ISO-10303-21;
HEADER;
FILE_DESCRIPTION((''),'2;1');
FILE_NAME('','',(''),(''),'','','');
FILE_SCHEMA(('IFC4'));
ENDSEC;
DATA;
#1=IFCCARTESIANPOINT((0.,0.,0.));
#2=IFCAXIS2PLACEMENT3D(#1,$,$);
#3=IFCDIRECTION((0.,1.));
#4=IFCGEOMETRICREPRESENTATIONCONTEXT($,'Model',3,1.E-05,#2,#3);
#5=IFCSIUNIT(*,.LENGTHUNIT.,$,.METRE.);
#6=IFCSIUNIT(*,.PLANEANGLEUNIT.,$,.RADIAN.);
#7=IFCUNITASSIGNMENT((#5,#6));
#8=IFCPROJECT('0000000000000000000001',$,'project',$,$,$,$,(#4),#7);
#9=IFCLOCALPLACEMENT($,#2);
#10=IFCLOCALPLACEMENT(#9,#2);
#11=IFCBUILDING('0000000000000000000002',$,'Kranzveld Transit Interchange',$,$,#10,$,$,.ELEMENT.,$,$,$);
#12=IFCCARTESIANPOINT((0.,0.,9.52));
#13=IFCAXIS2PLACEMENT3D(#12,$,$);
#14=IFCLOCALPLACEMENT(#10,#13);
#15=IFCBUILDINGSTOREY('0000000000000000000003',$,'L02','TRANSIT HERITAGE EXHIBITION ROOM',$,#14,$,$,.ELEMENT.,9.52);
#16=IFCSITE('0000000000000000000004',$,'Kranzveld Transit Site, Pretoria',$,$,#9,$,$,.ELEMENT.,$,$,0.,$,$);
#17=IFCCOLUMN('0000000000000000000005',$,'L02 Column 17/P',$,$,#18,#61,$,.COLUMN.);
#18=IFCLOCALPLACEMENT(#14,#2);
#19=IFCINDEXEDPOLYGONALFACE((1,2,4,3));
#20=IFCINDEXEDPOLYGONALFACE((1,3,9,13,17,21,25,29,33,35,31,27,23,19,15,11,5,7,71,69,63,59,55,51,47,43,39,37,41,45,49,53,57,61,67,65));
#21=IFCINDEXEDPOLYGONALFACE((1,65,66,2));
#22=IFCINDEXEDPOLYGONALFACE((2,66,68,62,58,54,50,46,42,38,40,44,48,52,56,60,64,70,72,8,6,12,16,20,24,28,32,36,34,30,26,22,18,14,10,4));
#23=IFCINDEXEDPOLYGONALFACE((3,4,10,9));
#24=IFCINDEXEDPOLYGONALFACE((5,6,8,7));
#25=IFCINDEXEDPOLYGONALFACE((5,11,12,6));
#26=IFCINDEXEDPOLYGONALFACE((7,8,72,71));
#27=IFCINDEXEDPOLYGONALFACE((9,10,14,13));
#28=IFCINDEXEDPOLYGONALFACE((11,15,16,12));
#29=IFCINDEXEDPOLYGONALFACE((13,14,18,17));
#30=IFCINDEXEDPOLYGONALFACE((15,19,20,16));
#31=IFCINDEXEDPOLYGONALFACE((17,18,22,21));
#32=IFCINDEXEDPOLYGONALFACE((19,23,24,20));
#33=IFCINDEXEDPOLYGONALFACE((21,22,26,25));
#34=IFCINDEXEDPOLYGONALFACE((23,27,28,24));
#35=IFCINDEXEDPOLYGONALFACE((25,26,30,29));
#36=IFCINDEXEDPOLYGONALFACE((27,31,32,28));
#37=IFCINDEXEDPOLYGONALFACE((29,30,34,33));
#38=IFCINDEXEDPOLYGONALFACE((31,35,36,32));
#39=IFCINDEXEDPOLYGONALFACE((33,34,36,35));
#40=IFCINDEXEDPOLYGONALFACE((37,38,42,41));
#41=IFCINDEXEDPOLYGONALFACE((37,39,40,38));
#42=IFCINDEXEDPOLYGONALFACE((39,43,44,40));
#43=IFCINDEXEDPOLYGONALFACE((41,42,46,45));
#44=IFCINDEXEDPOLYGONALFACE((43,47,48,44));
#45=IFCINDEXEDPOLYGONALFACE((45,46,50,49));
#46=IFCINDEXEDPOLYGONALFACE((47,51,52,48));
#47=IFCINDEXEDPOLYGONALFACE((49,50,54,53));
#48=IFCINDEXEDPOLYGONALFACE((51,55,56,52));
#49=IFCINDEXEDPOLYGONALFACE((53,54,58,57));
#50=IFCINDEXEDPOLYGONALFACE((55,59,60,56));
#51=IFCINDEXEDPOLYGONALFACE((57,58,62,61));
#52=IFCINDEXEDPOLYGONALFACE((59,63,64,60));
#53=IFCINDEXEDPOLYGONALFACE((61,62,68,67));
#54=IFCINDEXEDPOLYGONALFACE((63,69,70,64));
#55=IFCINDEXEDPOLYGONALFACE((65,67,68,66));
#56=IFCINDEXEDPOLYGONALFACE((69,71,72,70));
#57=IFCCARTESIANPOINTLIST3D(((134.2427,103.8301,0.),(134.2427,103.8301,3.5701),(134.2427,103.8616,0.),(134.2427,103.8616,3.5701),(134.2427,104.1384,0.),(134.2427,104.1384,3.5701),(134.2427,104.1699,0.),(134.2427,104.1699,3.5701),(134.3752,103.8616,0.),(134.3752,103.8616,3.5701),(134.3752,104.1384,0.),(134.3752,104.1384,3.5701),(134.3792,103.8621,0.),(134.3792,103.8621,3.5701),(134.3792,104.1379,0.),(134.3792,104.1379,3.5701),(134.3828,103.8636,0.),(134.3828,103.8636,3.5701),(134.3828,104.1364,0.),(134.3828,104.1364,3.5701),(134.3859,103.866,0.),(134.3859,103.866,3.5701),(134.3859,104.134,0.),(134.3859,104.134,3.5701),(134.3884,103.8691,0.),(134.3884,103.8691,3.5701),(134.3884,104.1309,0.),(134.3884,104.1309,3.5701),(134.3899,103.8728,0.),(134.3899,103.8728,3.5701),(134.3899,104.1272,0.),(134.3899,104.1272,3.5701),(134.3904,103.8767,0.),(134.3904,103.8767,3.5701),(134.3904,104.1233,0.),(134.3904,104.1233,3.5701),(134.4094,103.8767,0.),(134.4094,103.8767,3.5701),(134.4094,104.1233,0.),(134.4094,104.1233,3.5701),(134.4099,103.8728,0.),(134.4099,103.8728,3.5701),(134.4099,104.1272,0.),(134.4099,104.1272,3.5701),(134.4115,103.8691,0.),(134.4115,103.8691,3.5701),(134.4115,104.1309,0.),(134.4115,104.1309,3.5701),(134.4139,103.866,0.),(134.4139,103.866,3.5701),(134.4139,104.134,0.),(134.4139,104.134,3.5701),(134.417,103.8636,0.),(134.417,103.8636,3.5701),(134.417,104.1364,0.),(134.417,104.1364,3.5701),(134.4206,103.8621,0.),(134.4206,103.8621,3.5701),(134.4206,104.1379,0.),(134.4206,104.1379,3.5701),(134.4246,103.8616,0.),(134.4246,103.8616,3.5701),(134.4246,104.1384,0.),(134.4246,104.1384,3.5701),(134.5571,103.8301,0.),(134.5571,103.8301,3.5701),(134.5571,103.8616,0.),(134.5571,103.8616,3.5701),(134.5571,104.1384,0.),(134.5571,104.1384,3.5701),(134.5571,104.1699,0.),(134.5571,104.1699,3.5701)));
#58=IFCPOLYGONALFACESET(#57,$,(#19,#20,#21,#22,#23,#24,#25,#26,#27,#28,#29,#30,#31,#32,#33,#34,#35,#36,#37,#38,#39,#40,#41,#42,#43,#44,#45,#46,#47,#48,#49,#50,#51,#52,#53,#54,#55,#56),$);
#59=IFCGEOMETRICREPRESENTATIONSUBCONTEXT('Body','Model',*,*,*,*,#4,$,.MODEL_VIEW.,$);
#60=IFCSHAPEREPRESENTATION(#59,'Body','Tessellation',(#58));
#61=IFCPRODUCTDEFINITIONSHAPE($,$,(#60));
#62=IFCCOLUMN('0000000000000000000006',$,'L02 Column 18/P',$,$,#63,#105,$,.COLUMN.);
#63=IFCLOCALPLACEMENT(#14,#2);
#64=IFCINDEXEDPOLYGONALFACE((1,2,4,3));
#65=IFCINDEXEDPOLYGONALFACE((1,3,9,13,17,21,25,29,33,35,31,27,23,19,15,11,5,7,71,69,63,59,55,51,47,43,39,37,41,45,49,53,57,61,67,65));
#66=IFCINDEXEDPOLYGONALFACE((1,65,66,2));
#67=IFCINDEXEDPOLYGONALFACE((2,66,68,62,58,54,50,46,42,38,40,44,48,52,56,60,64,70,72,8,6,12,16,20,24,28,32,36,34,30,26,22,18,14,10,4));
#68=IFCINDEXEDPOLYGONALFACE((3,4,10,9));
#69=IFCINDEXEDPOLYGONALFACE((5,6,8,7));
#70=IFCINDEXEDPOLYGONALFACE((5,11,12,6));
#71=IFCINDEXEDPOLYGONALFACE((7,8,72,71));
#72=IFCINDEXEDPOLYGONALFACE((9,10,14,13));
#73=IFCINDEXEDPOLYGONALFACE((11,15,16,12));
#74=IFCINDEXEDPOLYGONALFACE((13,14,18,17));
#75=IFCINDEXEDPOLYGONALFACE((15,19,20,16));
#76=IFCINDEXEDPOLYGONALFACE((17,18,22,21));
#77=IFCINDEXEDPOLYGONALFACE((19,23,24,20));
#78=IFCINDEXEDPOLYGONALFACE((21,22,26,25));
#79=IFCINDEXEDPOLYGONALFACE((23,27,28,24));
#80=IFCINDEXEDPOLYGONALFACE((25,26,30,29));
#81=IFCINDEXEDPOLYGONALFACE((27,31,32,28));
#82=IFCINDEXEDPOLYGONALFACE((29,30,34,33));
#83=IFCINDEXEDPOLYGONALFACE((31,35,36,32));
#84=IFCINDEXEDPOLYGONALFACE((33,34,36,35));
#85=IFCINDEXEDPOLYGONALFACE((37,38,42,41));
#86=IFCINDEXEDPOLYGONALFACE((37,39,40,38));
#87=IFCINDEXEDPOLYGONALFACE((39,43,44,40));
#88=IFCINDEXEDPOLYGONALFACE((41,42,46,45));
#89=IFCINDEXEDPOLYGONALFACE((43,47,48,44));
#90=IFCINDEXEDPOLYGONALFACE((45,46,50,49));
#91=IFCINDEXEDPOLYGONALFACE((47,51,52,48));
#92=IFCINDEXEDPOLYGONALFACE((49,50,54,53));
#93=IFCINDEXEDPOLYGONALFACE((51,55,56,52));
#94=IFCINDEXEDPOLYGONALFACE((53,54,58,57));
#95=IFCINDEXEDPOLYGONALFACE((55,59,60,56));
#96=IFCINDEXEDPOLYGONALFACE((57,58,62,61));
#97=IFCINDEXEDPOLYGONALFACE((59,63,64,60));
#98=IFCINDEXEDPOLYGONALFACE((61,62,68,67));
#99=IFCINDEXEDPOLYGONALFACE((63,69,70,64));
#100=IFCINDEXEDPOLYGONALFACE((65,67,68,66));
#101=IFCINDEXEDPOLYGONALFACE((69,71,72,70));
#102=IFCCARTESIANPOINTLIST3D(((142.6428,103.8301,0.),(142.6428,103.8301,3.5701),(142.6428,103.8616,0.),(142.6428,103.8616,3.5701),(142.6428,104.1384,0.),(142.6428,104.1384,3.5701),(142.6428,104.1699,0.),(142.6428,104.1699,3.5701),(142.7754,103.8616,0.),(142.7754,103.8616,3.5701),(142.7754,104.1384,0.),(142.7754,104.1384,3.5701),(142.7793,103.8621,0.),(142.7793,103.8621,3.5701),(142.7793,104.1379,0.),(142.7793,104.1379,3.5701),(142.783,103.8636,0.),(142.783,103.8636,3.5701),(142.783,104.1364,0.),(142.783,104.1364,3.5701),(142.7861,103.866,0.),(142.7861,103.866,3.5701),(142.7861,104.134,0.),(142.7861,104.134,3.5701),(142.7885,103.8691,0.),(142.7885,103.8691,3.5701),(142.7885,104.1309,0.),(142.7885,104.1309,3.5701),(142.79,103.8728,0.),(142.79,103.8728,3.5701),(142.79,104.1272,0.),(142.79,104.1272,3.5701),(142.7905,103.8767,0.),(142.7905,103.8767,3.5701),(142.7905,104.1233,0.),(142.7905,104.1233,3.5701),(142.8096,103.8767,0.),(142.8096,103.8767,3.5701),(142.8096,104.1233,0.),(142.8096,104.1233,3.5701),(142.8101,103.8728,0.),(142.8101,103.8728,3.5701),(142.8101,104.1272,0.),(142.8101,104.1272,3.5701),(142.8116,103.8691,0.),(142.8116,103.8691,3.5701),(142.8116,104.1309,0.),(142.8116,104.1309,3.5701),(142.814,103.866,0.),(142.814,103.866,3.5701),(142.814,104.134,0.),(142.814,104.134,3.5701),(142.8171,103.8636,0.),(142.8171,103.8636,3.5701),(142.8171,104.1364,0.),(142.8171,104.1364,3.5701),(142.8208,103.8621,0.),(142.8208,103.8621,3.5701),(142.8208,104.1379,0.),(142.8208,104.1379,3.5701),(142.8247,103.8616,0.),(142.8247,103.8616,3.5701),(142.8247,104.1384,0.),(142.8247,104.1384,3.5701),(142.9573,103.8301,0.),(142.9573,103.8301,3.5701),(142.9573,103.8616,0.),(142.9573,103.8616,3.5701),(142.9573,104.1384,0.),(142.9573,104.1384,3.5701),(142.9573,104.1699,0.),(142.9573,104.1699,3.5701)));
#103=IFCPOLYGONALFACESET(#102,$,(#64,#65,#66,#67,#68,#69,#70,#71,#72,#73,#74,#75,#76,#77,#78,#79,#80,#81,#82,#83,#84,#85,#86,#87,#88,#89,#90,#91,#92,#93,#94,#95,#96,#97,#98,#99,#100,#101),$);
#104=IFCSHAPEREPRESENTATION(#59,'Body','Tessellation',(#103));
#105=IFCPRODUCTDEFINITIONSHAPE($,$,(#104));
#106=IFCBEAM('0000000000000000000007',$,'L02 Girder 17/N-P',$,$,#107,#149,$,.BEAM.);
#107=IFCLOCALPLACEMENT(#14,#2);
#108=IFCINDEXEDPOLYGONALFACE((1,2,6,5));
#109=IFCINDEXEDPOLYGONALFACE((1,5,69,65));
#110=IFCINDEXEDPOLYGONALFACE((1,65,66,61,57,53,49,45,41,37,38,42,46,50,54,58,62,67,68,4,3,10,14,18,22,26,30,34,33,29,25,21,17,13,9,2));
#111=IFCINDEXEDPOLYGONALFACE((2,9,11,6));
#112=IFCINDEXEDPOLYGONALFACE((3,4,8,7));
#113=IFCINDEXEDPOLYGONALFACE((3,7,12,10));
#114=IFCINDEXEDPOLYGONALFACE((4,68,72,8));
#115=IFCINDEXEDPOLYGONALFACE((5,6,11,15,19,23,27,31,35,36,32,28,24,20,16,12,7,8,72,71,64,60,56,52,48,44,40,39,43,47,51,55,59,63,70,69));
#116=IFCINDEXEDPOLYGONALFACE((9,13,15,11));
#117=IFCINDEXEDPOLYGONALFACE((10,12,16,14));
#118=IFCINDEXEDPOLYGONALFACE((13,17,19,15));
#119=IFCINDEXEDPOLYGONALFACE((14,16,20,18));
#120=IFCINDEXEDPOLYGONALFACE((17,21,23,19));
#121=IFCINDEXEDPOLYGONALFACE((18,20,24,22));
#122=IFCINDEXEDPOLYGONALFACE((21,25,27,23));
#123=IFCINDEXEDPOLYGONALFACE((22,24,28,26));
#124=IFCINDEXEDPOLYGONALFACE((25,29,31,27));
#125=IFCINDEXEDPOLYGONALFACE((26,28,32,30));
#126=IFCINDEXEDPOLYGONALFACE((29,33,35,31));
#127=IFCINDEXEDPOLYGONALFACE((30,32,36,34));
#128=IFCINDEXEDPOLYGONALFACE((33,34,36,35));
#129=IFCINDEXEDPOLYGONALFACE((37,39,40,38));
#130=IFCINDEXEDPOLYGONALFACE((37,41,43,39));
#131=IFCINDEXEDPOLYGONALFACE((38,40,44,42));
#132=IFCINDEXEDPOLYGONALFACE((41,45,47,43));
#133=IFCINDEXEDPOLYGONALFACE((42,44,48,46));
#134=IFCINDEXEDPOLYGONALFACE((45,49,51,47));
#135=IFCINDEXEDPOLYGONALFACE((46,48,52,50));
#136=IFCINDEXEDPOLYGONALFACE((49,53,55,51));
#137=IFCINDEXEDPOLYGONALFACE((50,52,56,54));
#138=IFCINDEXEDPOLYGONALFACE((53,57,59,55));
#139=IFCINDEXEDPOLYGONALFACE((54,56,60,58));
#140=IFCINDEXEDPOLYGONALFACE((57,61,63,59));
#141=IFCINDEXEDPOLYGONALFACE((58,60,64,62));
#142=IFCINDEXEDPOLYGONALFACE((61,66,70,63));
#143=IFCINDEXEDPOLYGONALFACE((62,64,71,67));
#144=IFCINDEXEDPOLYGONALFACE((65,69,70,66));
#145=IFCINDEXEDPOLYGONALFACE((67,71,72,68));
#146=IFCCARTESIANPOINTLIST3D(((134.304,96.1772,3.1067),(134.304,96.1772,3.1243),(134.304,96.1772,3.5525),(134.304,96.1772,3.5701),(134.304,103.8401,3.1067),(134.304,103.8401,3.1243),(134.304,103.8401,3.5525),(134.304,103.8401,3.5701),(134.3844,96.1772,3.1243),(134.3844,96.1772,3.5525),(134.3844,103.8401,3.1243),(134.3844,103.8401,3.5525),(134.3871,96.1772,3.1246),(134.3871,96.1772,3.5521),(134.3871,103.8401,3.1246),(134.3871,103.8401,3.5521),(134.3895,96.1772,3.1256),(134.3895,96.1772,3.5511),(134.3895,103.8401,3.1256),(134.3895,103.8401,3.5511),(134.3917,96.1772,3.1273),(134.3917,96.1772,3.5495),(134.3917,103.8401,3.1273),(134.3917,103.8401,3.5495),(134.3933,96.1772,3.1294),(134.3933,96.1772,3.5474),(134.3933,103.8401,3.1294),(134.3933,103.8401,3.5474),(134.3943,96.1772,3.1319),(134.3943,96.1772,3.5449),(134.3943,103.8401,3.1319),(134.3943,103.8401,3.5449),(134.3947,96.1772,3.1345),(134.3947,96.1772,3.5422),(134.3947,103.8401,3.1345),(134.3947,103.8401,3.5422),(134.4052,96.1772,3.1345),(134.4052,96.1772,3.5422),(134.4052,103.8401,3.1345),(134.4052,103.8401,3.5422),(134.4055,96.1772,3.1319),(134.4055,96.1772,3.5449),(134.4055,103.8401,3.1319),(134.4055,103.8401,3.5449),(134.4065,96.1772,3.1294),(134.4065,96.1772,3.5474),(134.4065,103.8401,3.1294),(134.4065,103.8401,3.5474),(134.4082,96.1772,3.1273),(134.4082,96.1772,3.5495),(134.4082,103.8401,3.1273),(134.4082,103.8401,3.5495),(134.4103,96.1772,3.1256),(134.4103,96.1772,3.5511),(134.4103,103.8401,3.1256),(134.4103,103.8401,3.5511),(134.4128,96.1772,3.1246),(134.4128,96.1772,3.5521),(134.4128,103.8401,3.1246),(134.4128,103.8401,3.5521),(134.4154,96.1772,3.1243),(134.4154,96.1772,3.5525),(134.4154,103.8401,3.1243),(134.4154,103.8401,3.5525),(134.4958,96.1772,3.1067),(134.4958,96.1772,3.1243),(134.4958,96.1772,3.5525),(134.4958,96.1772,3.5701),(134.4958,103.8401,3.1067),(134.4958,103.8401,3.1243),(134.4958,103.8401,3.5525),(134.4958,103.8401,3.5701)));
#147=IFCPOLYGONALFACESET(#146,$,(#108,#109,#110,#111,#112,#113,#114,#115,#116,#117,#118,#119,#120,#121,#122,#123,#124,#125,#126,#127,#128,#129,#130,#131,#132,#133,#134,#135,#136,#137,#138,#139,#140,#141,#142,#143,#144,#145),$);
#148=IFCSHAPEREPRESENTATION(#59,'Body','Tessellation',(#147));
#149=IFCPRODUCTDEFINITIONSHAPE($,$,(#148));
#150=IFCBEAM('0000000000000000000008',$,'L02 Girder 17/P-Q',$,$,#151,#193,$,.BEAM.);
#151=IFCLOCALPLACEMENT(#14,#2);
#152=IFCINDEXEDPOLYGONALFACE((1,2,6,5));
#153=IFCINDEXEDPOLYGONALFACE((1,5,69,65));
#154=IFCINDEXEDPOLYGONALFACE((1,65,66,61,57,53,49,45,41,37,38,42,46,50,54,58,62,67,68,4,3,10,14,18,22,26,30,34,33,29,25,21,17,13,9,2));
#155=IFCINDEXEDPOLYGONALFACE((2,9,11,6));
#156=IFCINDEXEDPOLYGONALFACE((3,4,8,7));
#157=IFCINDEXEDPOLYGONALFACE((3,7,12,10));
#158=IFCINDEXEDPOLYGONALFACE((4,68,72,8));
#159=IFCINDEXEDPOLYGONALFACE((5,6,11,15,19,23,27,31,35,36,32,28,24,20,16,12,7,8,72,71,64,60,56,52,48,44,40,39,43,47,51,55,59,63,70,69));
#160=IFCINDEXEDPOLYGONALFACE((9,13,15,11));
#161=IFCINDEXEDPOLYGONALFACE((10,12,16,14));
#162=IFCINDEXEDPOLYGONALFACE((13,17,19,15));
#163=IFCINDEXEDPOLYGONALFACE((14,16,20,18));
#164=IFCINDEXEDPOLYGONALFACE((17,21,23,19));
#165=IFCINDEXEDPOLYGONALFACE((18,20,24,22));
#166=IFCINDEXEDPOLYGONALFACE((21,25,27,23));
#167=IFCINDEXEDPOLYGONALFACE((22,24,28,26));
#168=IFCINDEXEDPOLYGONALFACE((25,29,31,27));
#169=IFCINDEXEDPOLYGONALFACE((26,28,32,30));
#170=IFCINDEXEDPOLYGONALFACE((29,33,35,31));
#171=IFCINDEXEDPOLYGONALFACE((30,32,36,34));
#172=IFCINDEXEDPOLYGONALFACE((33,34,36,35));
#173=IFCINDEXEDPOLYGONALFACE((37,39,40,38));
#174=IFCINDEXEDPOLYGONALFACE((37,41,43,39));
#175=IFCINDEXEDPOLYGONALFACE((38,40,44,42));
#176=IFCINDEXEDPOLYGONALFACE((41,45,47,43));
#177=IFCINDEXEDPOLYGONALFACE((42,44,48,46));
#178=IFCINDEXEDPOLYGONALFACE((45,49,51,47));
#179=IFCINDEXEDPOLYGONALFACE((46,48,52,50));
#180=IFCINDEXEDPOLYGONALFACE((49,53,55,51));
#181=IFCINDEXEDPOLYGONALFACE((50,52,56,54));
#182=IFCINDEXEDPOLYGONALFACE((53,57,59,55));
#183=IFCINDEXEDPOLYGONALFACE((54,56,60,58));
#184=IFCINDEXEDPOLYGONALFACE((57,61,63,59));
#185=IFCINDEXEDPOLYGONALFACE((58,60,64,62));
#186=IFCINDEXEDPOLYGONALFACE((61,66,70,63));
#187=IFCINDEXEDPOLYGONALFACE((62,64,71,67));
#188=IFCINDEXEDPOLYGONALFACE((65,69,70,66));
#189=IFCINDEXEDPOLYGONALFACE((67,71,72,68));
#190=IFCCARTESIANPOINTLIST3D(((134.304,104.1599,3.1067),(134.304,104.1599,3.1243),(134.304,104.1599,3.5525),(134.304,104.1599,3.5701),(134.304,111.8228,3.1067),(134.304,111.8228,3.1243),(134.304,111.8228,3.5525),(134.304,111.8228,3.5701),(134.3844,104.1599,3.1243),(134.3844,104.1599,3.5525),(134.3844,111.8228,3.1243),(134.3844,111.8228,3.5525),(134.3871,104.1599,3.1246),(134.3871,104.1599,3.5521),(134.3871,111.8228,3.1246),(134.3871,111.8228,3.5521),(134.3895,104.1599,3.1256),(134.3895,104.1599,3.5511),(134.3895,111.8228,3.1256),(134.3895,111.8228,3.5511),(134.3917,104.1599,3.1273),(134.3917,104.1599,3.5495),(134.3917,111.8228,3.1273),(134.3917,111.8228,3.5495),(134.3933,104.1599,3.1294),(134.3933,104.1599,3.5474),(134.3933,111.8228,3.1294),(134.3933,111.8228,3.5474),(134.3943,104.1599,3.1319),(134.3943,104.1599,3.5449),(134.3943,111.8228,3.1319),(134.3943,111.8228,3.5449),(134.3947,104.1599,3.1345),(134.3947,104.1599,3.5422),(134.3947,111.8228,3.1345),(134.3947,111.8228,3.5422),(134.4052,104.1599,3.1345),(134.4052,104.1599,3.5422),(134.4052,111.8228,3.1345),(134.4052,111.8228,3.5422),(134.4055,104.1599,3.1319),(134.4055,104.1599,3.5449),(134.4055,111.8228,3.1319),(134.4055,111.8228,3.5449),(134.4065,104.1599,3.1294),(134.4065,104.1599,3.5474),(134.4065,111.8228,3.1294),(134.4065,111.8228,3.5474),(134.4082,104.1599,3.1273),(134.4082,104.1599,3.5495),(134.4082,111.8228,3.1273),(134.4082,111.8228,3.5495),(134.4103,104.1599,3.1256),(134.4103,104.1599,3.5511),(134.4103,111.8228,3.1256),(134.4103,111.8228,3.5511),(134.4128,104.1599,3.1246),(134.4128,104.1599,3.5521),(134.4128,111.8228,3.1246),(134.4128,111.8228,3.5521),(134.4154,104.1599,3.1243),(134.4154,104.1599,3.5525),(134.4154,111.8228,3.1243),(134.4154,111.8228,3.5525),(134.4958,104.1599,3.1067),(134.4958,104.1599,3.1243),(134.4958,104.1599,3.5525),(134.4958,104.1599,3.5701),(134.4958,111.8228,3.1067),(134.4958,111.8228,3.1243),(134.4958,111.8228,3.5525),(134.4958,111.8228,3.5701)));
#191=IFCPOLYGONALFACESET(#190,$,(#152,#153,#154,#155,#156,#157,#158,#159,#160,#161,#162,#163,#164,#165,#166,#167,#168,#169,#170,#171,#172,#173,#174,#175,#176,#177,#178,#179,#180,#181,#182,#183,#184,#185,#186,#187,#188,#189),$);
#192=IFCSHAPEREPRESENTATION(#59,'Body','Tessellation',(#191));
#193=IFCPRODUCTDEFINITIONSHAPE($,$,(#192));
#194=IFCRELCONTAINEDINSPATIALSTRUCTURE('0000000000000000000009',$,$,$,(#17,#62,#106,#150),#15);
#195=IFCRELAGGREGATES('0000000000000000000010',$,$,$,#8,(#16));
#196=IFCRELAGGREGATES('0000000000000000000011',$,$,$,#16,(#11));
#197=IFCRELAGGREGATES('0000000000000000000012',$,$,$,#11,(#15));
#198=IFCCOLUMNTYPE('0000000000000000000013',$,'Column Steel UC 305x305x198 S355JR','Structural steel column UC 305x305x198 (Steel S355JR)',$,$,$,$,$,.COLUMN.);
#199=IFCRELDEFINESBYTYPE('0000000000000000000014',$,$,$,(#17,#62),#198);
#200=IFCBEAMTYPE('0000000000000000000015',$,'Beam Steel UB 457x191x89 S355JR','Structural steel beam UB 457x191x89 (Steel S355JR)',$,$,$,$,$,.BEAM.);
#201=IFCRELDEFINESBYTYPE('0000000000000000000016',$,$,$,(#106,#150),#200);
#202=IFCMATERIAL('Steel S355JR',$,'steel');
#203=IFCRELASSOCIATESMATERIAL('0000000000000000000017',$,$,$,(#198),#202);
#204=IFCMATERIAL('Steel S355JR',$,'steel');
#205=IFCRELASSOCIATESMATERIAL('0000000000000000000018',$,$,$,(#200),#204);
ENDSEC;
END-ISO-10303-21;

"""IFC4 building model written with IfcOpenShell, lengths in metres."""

from ifc_helpers import new_model, si_unit, direction, frame, origin, origin_2d, place, context, subcontext, project, spatial, i_section, extrude, material, material_profile, profile_set, type_object, element, save


model = new_model("IFC4")

# Units and contexts
model_context = context("Model", 3, precision=1e-05, world=origin(), true_north=direction((0.0, 1.0)))
body_context = subcontext(model_context, "Body", "Model", "MODEL_VIEW")
ifc_project = project(units=[si_unit("LENGTHUNIT", "METRE"), si_unit("PLANEANGLEUNIT", "RADIAN")], contexts=[model_context])

# Site, building, storey
site_placement = place(None, origin())
site = spatial("IfcSite", under=ifc_project, at=site_placement, Name="Kranzveld Transit Site, Pretoria", CompositionType="ELEMENT", RefElevation=0.0)
building_placement = place(site_placement, origin())
building = spatial("IfcBuilding", under=site, at=building_placement, Name="Kranzveld Transit Interchange", CompositionType="ELEMENT")
storey_placement = place(building_placement, frame((0.0, 0.0, 9.52)))
storey = spatial("IfcBuildingStorey", under=building, at=storey_placement, Name="L02", Description="TRANSIT HERITAGE EXHIBITION ROOM", CompositionType="ELEMENT", Elevation=9.52)

# Columns
ifc_material_1 = material(Name="Steel S355JR", Category="steel")
ifc_material_profile_1 = material_profile(ifc_material_1, i_section(OverallWidth=0.3145, OverallDepth=0.3398, WebThickness=0.019, FlangeThickness=0.0315, FilletRadius=0.0151, at=origin_2d()), Name="UC 305x305x198")
ifc_profile_set_1 = profile_set([ifc_material_profile_1], Name="Steel S355JR")
column_type = type_object("IfcColumnType", Name="Column Steel UC 305x305x198 S355JR", Description="Structural steel column UC 305x305x198 (Steel S355JR)", PredefinedType="COLUMN", material=ifc_profile_set_1)
for number, where, z_axis, x_axis, name in (
    (1, (134.3999, 104.0, 0.0), (0.0, 0.0, 1.0), (1.0, 0.0, 0.0), "L02 Column 17/P"),
    (2, (142.8, 104.0, 0.0), (0.0, 0.0, 1.0), (1.0, 0.0, 0.0), "L02 Column 18/P"),
):
    element("IfcColumn", number, at=place(storey_placement, frame(where, z_axis=z_axis, x_axis=x_axis)), inside=storey, type_object=column_type, Name=name, PredefinedType="COLUMN", context=body_context, shape_type="SweptSolid", body=[
        extrude(i_section(OverallWidth=0.3145, OverallDepth=0.3398, WebThickness=0.019, FlangeThickness=0.0315, FilletRadius=0.0151, at=origin_2d()), origin(), (0.0, 0.0, 1.0), 3.5701),
    ])

# Beams
ifc_material_2 = material(Name="Steel S355JR", Category="steel")
ifc_material_profile_2 = material_profile(ifc_material_2, i_section(OverallWidth=0.1919, OverallDepth=0.4634, WebThickness=0.0105, FlangeThickness=0.0176, FilletRadius=0.0103, at=origin_2d()), Name="UB 457x191x89")
ifc_profile_set_2 = profile_set([ifc_material_profile_2], Name="Steel S355JR")
beam_type_1 = type_object("IfcBeamType", Name="Beam Steel UB 457x191x89 S355JR", Description="Structural steel beam UB 457x191x89 (Steel S355JR)", PredefinedType="BEAM", material=ifc_profile_set_2)
for number, where, z_axis, x_axis, name in (
    (3, (134.3999, 96.1772, 3.3384), (0.0, 1.0, 0.0), (-1.0, 0.0, 0.0), "L02 Girder 17/N-P"),
    (4, (134.3999, 104.1599, 3.3384), (0.0, 1.0, 0.0), (-1.0, 0.0, 0.0), "L02 Girder 17/P-Q"),
):
    element("IfcBeam", number, at=place(storey_placement, frame(where, z_axis=z_axis, x_axis=x_axis)), inside=storey, type_object=beam_type_1, Name=name, PredefinedType="BEAM", context=body_context, shape_type="SweptSolid", body=[
        extrude(i_section(OverallWidth=0.1919, OverallDepth=0.4634, WebThickness=0.0105, FlangeThickness=0.0176, FilletRadius=0.0103, at=origin_2d()), origin(), (0.0, 0.0, 1.0), 7.6628),
    ])

save(model, "model.ifc")
